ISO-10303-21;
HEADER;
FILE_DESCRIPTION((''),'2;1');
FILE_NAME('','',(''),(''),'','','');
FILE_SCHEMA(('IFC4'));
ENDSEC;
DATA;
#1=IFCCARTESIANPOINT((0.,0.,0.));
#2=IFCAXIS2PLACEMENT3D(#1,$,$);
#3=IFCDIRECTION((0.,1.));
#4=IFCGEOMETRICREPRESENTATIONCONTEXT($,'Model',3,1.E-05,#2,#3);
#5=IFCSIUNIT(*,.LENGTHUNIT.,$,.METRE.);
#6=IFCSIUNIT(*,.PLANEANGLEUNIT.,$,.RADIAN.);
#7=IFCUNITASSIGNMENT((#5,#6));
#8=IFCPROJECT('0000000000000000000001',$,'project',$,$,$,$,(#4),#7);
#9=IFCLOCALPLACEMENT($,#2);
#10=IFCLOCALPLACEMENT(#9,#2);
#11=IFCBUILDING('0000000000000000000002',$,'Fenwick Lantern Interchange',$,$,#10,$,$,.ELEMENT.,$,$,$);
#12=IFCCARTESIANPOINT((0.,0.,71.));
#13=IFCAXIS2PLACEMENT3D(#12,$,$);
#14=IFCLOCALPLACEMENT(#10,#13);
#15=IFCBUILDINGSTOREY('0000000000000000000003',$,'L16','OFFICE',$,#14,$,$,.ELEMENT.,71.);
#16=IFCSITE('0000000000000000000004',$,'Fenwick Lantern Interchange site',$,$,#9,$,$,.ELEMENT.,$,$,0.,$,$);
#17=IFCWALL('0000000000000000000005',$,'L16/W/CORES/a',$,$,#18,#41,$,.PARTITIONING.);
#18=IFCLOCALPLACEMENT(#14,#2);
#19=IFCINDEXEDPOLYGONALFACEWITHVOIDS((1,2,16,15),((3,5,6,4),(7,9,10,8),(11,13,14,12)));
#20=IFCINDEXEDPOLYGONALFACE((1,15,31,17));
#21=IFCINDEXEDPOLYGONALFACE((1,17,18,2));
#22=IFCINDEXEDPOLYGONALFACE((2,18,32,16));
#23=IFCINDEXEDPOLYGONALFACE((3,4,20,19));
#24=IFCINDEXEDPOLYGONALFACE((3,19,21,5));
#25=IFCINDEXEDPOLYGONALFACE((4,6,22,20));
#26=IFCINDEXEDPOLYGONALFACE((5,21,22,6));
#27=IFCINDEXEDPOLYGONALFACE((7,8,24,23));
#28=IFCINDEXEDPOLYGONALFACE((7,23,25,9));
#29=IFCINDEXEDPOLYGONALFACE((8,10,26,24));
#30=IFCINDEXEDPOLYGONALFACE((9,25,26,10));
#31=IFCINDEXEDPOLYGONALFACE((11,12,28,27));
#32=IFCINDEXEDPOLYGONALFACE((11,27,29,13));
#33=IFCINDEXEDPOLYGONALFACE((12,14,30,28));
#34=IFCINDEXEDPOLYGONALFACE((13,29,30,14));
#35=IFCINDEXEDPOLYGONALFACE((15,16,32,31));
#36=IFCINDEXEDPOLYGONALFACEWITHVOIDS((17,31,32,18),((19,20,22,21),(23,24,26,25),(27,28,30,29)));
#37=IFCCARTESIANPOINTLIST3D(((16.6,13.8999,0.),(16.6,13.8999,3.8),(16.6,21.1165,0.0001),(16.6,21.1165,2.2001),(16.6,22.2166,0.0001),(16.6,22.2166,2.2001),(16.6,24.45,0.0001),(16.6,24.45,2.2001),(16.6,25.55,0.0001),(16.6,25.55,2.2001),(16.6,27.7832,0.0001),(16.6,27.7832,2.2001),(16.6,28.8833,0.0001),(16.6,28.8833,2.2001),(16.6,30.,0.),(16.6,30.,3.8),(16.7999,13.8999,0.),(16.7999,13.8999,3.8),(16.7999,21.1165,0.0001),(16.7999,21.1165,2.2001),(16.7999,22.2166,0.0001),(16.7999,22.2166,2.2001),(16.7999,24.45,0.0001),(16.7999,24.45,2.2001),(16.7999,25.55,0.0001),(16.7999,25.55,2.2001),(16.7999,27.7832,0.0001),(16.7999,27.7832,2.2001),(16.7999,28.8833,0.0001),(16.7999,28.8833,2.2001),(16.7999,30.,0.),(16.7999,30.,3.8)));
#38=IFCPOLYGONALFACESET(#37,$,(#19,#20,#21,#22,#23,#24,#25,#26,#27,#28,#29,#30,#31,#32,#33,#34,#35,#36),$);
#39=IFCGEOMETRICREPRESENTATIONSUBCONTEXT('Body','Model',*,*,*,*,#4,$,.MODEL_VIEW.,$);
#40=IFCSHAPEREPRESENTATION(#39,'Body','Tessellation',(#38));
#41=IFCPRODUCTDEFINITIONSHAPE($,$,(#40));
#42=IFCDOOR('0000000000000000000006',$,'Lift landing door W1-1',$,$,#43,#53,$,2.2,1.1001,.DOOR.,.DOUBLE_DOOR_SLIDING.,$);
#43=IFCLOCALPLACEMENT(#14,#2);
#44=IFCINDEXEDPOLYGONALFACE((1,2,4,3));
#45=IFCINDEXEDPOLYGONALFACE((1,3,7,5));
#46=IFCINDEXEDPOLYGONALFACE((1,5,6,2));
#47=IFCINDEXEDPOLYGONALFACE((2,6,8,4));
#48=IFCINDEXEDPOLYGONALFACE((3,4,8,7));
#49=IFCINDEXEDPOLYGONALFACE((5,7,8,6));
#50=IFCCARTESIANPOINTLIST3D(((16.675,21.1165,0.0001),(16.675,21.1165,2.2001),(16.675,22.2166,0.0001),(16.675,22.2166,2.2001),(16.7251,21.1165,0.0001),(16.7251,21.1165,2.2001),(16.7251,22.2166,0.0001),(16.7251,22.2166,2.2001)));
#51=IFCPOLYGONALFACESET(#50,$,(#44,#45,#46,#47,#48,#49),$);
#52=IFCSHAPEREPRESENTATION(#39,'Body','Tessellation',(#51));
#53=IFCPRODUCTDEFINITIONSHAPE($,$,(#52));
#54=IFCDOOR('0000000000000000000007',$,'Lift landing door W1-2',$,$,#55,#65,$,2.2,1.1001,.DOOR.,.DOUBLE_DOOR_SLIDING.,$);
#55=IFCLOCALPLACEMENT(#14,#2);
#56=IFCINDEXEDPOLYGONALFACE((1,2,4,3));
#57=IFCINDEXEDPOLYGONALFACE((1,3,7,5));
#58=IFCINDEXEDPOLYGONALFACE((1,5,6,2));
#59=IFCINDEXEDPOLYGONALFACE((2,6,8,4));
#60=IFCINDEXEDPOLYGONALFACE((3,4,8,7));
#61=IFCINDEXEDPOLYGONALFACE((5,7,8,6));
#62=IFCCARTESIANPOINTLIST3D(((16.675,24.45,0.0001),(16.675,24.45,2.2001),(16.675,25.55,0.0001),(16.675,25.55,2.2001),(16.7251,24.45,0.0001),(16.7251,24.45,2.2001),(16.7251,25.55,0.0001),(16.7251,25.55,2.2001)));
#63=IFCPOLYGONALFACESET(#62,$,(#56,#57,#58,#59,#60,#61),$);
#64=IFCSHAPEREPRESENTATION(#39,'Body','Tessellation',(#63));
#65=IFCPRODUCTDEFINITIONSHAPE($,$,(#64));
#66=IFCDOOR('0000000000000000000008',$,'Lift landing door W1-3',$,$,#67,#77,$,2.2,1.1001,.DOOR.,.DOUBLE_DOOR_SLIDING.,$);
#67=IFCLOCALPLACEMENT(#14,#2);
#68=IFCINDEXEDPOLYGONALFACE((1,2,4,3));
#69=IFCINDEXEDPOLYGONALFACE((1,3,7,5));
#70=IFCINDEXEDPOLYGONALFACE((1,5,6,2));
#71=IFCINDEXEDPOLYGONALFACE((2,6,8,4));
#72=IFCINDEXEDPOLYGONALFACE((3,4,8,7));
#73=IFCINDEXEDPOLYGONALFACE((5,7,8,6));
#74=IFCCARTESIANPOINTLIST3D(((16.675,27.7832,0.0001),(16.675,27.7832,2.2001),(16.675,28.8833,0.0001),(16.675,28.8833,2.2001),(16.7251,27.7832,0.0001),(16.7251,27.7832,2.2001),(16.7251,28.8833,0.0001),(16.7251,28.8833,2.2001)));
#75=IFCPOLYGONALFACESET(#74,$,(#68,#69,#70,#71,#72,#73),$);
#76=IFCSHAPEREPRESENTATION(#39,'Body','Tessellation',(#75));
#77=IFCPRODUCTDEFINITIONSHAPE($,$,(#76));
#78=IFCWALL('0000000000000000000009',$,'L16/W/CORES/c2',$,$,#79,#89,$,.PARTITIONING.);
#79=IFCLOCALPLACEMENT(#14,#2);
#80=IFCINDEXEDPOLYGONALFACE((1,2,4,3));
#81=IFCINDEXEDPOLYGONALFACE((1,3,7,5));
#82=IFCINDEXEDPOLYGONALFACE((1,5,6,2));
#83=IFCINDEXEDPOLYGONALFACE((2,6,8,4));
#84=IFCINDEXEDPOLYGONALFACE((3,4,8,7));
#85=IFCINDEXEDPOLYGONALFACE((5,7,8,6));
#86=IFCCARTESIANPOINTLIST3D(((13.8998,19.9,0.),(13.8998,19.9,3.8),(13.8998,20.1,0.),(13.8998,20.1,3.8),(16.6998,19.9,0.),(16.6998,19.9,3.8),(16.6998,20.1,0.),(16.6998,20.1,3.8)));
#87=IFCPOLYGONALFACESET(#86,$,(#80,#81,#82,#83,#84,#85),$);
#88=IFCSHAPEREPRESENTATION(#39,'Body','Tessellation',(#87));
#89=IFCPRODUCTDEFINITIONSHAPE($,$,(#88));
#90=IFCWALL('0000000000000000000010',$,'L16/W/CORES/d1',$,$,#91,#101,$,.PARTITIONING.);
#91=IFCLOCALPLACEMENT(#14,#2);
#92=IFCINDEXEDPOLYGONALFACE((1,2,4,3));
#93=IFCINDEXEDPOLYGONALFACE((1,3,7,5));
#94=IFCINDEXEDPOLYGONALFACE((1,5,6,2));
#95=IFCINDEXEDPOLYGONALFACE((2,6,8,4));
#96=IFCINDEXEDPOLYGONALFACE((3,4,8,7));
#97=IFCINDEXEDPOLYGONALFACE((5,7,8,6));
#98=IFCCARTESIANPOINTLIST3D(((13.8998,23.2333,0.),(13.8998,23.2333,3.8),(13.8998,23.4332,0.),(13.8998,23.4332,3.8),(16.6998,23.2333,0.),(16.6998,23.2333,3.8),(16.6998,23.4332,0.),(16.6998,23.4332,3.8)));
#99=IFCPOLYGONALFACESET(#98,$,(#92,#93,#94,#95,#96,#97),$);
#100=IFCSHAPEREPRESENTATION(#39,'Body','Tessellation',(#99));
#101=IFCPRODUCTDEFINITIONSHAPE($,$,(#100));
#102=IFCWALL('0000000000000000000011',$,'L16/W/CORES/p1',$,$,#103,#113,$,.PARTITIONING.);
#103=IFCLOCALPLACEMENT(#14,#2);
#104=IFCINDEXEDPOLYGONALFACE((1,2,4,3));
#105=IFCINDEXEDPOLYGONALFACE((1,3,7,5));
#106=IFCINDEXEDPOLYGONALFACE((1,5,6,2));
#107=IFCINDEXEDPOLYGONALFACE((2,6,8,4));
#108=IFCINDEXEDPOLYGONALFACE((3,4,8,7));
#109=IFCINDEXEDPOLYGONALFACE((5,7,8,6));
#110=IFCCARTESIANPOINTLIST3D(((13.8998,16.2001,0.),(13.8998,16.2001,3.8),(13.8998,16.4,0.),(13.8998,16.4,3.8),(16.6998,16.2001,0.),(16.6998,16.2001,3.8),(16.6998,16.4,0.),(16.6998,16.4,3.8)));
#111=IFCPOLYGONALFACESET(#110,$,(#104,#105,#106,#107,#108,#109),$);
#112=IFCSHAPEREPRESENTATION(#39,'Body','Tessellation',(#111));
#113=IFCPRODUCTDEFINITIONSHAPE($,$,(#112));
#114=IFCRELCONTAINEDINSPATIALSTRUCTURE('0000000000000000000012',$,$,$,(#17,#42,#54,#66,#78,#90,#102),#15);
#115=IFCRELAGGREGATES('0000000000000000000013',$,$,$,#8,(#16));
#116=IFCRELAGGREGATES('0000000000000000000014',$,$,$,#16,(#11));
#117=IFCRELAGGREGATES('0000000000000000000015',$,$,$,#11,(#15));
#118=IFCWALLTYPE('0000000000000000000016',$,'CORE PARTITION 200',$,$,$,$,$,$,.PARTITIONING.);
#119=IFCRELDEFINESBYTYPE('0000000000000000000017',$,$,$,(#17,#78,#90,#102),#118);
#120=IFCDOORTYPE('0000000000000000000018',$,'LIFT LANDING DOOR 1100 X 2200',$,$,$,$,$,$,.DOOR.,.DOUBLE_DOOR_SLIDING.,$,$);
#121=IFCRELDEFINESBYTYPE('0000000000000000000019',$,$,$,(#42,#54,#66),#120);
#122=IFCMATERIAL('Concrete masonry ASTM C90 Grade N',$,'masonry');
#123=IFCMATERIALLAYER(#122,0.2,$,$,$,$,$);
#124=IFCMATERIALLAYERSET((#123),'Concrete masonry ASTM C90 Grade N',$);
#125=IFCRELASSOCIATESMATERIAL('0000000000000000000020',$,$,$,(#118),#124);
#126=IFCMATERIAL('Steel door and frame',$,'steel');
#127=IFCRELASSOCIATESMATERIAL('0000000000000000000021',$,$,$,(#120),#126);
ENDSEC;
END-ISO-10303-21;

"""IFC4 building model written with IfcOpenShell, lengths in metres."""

from ifc_helpers import new_model, si_unit, direction, frame, frame_2d, origin, place, context, subcontext, project, spatial, rectangle, extrude, material, layer, layer_set, type_object, element, fill, save


model = new_model("IFC4")

# Units and contexts
model_context = context("Model", 3, precision=1e-05, world=origin(), true_north=direction((0.0, 1.0)))
body_context = subcontext(model_context, "Body", "Model", "MODEL_VIEW")
ifc_project = project(units=[si_unit("LENGTHUNIT", "METRE"), si_unit("PLANEANGLEUNIT", "RADIAN")], contexts=[model_context])

# Site, building, storey
site_placement = place(None, origin())
site = spatial("IfcSite", under=ifc_project, at=site_placement, Name="Fenwick Lantern Interchange site", CompositionType="ELEMENT", RefElevation=0.0)
building_placement = place(site_placement, origin())
building = spatial("IfcBuilding", under=site, at=building_placement, Name="Fenwick Lantern Interchange", CompositionType="ELEMENT")
storey_placement = place(building_placement, frame((0.0, 0.0, 71.0)))
storey = spatial("IfcBuildingStorey", under=building, at=storey_placement, Name="L16", Description="OFFICE", CompositionType="ELEMENT", Elevation=71.0)

# Wall, openings, doors
ifc_material_1 = material(Name="Concrete masonry ASTM C90 Grade N", Category="masonry")
ifc_layer_1 = layer(ifc_material_1, 0.2)
ifc_layer_set_1 = layer_set([ifc_layer_1], Name="Concrete masonry ASTM C90 Grade N")
wall_type_1 = type_object("IfcWallType", Name="CORE PARTITION 200", PredefinedType="PARTITIONING", material=ifc_layer_set_1)
wall_1_placement = place(storey_placement, frame((16.7, 13.8999, 0.0), z_axis=(0.0, 0.0, 1.0), x_axis=(0.0, 1.0, 0.0)))
wall_1 = element("IfcWall", 1, at=wall_1_placement, inside=storey, type_object=wall_type_1, Name="L16/W/CORES/a", PredefinedType="PARTITIONING", context=body_context, shape_type="SweptSolid", body=[
    extrude(rectangle(XDim=16.1001, YDim=0.2, at=frame_2d((8.05, 0.0))), origin(), (0.0, 0.0, 1.0), 3.8),
])
opening_1_placement = place(wall_1_placement, frame((7.2166, 0.0, 0.0)))
opening_1 = element("IfcOpeningElement", 2, at=opening_1_placement, cuts=wall_1, PredefinedType="OPENING", context=body_context, shape_type="SweptSolid", body=[
    extrude(rectangle(XDim=1.1001, YDim=2.2, at=frame_2d((0.55, 1.1001))), frame((0.0, 0.1099, 0.0), z_axis=(0.0, -1.0, 0.0), x_axis=(1.0, 0.0, 0.0)), (0.0, 0.0, 1.0), 0.22),
])
opening_2_placement = place(wall_1_placement, frame((10.55, 0.0, 0.0)))
opening_2 = element("IfcOpeningElement", 3, at=opening_2_placement, cuts=wall_1, PredefinedType="OPENING", context=body_context, shape_type="SweptSolid", body=[
    extrude(rectangle(XDim=1.1001, YDim=2.2, at=frame_2d((0.55, 1.1001))), frame((0.0, 0.1099, 0.0), z_axis=(0.0, -1.0, 0.0), x_axis=(1.0, 0.0, 0.0)), (0.0, 0.0, 1.0), 0.22),
])
opening_3_placement = place(wall_1_placement, frame((13.8833, 0.0, 0.0)))
opening_3 = element("IfcOpeningElement", 4, at=opening_3_placement, cuts=wall_1, PredefinedType="OPENING", context=body_context, shape_type="SweptSolid", body=[
    extrude(rectangle(XDim=1.1001, YDim=2.2, at=frame_2d((0.55, 1.1001))), frame((0.0, 0.1099, 0.0), z_axis=(0.0, -1.0, 0.0), x_axis=(1.0, 0.0, 0.0)), (0.0, 0.0, 1.0), 0.22),
])
ifc_material_2 = material(Name="Steel door and frame", Category="steel")
door_type_1 = type_object("IfcDoorType", Name="LIFT LANDING DOOR 1100 X 2200", OperationType="DOUBLE_DOOR_SLIDING", PredefinedType="DOOR", material=ifc_material_2)
door_1_placement = place(opening_1_placement, origin())
door_1 = element("IfcDoor", 5, at=door_1_placement, inside=storey, type_object=door_type_1, Name="Lift landing door W1-1", OperationType="DOUBLE_DOOR_SLIDING", OverallHeight=2.2, OverallWidth=1.1001, PredefinedType="DOOR", context=body_context, shape_type="SweptSolid", body=[
    extrude(rectangle(XDim=1.1001, YDim=2.2, at=frame_2d((0.55, 1.1001))), frame((0.0, 0.0249, 0.0), z_axis=(0.0, -1.0, 0.0), x_axis=(1.0, 0.0, 0.0)), (0.0, 0.0, 1.0), 0.05),
])
fill(opening_1, door_1)
door_2_placement = place(opening_2_placement, origin())
door_2 = element("IfcDoor", 6, at=door_2_placement, inside=storey, type_object=door_type_1, Name="Lift landing door W1-2", OperationType="DOUBLE_DOOR_SLIDING", OverallHeight=2.2, OverallWidth=1.1001, PredefinedType="DOOR", context=body_context, shape_type="SweptSolid", body=[
    extrude(rectangle(XDim=1.1001, YDim=2.2, at=frame_2d((0.55, 1.1001))), frame((0.0, 0.0249, 0.0), z_axis=(0.0, -1.0, 0.0), x_axis=(1.0, 0.0, 0.0)), (0.0, 0.0, 1.0), 0.05),
])
fill(opening_2, door_2)
door_3_placement = place(opening_3_placement, origin())
door_3 = element("IfcDoor", 7, at=door_3_placement, inside=storey, type_object=door_type_1, Name="Lift landing door W1-3", OperationType="DOUBLE_DOOR_SLIDING", OverallHeight=2.2, OverallWidth=1.1001, PredefinedType="DOOR", context=body_context, shape_type="SweptSolid", body=[
    extrude(rectangle(XDim=1.1001, YDim=2.2, at=frame_2d((0.55, 1.1001))), frame((0.0, 0.0249, 0.0), z_axis=(0.0, -1.0, 0.0), x_axis=(1.0, 0.0, 0.0)), (0.0, 0.0, 1.0), 0.05),
])
fill(opening_3, door_3)

# Walls
for number, where, z_axis, x_axis, name in (
    (8, (13.8999, 20.0, 0.0), (0.0, 0.0, 1.0), (1.0, 0.0, 0.0), "L16/W/CORES/c2"),
    (9, (13.8999, 23.3333, 0.0), (0.0, 0.0, 1.0), (1.0, 0.0, 0.0), "L16/W/CORES/d1"),
    (10, (13.8999, 16.3, 0.0), (0.0, 0.0, 1.0), (1.0, 0.0, 0.0), "L16/W/CORES/p1"),
):
    element("IfcWall", number, at=place(storey_placement, frame(where, z_axis=z_axis, x_axis=x_axis)), inside=storey, type_object=wall_type_1, Name=name, PredefinedType="PARTITIONING", context=body_context, shape_type="SweptSolid", body=[
        extrude(rectangle(XDim=2.8, YDim=0.2, at=frame_2d((1.3999, 0.0))), origin(), (0.0, 0.0, 1.0), 3.8),
    ])

save(model, "model.ifc")
